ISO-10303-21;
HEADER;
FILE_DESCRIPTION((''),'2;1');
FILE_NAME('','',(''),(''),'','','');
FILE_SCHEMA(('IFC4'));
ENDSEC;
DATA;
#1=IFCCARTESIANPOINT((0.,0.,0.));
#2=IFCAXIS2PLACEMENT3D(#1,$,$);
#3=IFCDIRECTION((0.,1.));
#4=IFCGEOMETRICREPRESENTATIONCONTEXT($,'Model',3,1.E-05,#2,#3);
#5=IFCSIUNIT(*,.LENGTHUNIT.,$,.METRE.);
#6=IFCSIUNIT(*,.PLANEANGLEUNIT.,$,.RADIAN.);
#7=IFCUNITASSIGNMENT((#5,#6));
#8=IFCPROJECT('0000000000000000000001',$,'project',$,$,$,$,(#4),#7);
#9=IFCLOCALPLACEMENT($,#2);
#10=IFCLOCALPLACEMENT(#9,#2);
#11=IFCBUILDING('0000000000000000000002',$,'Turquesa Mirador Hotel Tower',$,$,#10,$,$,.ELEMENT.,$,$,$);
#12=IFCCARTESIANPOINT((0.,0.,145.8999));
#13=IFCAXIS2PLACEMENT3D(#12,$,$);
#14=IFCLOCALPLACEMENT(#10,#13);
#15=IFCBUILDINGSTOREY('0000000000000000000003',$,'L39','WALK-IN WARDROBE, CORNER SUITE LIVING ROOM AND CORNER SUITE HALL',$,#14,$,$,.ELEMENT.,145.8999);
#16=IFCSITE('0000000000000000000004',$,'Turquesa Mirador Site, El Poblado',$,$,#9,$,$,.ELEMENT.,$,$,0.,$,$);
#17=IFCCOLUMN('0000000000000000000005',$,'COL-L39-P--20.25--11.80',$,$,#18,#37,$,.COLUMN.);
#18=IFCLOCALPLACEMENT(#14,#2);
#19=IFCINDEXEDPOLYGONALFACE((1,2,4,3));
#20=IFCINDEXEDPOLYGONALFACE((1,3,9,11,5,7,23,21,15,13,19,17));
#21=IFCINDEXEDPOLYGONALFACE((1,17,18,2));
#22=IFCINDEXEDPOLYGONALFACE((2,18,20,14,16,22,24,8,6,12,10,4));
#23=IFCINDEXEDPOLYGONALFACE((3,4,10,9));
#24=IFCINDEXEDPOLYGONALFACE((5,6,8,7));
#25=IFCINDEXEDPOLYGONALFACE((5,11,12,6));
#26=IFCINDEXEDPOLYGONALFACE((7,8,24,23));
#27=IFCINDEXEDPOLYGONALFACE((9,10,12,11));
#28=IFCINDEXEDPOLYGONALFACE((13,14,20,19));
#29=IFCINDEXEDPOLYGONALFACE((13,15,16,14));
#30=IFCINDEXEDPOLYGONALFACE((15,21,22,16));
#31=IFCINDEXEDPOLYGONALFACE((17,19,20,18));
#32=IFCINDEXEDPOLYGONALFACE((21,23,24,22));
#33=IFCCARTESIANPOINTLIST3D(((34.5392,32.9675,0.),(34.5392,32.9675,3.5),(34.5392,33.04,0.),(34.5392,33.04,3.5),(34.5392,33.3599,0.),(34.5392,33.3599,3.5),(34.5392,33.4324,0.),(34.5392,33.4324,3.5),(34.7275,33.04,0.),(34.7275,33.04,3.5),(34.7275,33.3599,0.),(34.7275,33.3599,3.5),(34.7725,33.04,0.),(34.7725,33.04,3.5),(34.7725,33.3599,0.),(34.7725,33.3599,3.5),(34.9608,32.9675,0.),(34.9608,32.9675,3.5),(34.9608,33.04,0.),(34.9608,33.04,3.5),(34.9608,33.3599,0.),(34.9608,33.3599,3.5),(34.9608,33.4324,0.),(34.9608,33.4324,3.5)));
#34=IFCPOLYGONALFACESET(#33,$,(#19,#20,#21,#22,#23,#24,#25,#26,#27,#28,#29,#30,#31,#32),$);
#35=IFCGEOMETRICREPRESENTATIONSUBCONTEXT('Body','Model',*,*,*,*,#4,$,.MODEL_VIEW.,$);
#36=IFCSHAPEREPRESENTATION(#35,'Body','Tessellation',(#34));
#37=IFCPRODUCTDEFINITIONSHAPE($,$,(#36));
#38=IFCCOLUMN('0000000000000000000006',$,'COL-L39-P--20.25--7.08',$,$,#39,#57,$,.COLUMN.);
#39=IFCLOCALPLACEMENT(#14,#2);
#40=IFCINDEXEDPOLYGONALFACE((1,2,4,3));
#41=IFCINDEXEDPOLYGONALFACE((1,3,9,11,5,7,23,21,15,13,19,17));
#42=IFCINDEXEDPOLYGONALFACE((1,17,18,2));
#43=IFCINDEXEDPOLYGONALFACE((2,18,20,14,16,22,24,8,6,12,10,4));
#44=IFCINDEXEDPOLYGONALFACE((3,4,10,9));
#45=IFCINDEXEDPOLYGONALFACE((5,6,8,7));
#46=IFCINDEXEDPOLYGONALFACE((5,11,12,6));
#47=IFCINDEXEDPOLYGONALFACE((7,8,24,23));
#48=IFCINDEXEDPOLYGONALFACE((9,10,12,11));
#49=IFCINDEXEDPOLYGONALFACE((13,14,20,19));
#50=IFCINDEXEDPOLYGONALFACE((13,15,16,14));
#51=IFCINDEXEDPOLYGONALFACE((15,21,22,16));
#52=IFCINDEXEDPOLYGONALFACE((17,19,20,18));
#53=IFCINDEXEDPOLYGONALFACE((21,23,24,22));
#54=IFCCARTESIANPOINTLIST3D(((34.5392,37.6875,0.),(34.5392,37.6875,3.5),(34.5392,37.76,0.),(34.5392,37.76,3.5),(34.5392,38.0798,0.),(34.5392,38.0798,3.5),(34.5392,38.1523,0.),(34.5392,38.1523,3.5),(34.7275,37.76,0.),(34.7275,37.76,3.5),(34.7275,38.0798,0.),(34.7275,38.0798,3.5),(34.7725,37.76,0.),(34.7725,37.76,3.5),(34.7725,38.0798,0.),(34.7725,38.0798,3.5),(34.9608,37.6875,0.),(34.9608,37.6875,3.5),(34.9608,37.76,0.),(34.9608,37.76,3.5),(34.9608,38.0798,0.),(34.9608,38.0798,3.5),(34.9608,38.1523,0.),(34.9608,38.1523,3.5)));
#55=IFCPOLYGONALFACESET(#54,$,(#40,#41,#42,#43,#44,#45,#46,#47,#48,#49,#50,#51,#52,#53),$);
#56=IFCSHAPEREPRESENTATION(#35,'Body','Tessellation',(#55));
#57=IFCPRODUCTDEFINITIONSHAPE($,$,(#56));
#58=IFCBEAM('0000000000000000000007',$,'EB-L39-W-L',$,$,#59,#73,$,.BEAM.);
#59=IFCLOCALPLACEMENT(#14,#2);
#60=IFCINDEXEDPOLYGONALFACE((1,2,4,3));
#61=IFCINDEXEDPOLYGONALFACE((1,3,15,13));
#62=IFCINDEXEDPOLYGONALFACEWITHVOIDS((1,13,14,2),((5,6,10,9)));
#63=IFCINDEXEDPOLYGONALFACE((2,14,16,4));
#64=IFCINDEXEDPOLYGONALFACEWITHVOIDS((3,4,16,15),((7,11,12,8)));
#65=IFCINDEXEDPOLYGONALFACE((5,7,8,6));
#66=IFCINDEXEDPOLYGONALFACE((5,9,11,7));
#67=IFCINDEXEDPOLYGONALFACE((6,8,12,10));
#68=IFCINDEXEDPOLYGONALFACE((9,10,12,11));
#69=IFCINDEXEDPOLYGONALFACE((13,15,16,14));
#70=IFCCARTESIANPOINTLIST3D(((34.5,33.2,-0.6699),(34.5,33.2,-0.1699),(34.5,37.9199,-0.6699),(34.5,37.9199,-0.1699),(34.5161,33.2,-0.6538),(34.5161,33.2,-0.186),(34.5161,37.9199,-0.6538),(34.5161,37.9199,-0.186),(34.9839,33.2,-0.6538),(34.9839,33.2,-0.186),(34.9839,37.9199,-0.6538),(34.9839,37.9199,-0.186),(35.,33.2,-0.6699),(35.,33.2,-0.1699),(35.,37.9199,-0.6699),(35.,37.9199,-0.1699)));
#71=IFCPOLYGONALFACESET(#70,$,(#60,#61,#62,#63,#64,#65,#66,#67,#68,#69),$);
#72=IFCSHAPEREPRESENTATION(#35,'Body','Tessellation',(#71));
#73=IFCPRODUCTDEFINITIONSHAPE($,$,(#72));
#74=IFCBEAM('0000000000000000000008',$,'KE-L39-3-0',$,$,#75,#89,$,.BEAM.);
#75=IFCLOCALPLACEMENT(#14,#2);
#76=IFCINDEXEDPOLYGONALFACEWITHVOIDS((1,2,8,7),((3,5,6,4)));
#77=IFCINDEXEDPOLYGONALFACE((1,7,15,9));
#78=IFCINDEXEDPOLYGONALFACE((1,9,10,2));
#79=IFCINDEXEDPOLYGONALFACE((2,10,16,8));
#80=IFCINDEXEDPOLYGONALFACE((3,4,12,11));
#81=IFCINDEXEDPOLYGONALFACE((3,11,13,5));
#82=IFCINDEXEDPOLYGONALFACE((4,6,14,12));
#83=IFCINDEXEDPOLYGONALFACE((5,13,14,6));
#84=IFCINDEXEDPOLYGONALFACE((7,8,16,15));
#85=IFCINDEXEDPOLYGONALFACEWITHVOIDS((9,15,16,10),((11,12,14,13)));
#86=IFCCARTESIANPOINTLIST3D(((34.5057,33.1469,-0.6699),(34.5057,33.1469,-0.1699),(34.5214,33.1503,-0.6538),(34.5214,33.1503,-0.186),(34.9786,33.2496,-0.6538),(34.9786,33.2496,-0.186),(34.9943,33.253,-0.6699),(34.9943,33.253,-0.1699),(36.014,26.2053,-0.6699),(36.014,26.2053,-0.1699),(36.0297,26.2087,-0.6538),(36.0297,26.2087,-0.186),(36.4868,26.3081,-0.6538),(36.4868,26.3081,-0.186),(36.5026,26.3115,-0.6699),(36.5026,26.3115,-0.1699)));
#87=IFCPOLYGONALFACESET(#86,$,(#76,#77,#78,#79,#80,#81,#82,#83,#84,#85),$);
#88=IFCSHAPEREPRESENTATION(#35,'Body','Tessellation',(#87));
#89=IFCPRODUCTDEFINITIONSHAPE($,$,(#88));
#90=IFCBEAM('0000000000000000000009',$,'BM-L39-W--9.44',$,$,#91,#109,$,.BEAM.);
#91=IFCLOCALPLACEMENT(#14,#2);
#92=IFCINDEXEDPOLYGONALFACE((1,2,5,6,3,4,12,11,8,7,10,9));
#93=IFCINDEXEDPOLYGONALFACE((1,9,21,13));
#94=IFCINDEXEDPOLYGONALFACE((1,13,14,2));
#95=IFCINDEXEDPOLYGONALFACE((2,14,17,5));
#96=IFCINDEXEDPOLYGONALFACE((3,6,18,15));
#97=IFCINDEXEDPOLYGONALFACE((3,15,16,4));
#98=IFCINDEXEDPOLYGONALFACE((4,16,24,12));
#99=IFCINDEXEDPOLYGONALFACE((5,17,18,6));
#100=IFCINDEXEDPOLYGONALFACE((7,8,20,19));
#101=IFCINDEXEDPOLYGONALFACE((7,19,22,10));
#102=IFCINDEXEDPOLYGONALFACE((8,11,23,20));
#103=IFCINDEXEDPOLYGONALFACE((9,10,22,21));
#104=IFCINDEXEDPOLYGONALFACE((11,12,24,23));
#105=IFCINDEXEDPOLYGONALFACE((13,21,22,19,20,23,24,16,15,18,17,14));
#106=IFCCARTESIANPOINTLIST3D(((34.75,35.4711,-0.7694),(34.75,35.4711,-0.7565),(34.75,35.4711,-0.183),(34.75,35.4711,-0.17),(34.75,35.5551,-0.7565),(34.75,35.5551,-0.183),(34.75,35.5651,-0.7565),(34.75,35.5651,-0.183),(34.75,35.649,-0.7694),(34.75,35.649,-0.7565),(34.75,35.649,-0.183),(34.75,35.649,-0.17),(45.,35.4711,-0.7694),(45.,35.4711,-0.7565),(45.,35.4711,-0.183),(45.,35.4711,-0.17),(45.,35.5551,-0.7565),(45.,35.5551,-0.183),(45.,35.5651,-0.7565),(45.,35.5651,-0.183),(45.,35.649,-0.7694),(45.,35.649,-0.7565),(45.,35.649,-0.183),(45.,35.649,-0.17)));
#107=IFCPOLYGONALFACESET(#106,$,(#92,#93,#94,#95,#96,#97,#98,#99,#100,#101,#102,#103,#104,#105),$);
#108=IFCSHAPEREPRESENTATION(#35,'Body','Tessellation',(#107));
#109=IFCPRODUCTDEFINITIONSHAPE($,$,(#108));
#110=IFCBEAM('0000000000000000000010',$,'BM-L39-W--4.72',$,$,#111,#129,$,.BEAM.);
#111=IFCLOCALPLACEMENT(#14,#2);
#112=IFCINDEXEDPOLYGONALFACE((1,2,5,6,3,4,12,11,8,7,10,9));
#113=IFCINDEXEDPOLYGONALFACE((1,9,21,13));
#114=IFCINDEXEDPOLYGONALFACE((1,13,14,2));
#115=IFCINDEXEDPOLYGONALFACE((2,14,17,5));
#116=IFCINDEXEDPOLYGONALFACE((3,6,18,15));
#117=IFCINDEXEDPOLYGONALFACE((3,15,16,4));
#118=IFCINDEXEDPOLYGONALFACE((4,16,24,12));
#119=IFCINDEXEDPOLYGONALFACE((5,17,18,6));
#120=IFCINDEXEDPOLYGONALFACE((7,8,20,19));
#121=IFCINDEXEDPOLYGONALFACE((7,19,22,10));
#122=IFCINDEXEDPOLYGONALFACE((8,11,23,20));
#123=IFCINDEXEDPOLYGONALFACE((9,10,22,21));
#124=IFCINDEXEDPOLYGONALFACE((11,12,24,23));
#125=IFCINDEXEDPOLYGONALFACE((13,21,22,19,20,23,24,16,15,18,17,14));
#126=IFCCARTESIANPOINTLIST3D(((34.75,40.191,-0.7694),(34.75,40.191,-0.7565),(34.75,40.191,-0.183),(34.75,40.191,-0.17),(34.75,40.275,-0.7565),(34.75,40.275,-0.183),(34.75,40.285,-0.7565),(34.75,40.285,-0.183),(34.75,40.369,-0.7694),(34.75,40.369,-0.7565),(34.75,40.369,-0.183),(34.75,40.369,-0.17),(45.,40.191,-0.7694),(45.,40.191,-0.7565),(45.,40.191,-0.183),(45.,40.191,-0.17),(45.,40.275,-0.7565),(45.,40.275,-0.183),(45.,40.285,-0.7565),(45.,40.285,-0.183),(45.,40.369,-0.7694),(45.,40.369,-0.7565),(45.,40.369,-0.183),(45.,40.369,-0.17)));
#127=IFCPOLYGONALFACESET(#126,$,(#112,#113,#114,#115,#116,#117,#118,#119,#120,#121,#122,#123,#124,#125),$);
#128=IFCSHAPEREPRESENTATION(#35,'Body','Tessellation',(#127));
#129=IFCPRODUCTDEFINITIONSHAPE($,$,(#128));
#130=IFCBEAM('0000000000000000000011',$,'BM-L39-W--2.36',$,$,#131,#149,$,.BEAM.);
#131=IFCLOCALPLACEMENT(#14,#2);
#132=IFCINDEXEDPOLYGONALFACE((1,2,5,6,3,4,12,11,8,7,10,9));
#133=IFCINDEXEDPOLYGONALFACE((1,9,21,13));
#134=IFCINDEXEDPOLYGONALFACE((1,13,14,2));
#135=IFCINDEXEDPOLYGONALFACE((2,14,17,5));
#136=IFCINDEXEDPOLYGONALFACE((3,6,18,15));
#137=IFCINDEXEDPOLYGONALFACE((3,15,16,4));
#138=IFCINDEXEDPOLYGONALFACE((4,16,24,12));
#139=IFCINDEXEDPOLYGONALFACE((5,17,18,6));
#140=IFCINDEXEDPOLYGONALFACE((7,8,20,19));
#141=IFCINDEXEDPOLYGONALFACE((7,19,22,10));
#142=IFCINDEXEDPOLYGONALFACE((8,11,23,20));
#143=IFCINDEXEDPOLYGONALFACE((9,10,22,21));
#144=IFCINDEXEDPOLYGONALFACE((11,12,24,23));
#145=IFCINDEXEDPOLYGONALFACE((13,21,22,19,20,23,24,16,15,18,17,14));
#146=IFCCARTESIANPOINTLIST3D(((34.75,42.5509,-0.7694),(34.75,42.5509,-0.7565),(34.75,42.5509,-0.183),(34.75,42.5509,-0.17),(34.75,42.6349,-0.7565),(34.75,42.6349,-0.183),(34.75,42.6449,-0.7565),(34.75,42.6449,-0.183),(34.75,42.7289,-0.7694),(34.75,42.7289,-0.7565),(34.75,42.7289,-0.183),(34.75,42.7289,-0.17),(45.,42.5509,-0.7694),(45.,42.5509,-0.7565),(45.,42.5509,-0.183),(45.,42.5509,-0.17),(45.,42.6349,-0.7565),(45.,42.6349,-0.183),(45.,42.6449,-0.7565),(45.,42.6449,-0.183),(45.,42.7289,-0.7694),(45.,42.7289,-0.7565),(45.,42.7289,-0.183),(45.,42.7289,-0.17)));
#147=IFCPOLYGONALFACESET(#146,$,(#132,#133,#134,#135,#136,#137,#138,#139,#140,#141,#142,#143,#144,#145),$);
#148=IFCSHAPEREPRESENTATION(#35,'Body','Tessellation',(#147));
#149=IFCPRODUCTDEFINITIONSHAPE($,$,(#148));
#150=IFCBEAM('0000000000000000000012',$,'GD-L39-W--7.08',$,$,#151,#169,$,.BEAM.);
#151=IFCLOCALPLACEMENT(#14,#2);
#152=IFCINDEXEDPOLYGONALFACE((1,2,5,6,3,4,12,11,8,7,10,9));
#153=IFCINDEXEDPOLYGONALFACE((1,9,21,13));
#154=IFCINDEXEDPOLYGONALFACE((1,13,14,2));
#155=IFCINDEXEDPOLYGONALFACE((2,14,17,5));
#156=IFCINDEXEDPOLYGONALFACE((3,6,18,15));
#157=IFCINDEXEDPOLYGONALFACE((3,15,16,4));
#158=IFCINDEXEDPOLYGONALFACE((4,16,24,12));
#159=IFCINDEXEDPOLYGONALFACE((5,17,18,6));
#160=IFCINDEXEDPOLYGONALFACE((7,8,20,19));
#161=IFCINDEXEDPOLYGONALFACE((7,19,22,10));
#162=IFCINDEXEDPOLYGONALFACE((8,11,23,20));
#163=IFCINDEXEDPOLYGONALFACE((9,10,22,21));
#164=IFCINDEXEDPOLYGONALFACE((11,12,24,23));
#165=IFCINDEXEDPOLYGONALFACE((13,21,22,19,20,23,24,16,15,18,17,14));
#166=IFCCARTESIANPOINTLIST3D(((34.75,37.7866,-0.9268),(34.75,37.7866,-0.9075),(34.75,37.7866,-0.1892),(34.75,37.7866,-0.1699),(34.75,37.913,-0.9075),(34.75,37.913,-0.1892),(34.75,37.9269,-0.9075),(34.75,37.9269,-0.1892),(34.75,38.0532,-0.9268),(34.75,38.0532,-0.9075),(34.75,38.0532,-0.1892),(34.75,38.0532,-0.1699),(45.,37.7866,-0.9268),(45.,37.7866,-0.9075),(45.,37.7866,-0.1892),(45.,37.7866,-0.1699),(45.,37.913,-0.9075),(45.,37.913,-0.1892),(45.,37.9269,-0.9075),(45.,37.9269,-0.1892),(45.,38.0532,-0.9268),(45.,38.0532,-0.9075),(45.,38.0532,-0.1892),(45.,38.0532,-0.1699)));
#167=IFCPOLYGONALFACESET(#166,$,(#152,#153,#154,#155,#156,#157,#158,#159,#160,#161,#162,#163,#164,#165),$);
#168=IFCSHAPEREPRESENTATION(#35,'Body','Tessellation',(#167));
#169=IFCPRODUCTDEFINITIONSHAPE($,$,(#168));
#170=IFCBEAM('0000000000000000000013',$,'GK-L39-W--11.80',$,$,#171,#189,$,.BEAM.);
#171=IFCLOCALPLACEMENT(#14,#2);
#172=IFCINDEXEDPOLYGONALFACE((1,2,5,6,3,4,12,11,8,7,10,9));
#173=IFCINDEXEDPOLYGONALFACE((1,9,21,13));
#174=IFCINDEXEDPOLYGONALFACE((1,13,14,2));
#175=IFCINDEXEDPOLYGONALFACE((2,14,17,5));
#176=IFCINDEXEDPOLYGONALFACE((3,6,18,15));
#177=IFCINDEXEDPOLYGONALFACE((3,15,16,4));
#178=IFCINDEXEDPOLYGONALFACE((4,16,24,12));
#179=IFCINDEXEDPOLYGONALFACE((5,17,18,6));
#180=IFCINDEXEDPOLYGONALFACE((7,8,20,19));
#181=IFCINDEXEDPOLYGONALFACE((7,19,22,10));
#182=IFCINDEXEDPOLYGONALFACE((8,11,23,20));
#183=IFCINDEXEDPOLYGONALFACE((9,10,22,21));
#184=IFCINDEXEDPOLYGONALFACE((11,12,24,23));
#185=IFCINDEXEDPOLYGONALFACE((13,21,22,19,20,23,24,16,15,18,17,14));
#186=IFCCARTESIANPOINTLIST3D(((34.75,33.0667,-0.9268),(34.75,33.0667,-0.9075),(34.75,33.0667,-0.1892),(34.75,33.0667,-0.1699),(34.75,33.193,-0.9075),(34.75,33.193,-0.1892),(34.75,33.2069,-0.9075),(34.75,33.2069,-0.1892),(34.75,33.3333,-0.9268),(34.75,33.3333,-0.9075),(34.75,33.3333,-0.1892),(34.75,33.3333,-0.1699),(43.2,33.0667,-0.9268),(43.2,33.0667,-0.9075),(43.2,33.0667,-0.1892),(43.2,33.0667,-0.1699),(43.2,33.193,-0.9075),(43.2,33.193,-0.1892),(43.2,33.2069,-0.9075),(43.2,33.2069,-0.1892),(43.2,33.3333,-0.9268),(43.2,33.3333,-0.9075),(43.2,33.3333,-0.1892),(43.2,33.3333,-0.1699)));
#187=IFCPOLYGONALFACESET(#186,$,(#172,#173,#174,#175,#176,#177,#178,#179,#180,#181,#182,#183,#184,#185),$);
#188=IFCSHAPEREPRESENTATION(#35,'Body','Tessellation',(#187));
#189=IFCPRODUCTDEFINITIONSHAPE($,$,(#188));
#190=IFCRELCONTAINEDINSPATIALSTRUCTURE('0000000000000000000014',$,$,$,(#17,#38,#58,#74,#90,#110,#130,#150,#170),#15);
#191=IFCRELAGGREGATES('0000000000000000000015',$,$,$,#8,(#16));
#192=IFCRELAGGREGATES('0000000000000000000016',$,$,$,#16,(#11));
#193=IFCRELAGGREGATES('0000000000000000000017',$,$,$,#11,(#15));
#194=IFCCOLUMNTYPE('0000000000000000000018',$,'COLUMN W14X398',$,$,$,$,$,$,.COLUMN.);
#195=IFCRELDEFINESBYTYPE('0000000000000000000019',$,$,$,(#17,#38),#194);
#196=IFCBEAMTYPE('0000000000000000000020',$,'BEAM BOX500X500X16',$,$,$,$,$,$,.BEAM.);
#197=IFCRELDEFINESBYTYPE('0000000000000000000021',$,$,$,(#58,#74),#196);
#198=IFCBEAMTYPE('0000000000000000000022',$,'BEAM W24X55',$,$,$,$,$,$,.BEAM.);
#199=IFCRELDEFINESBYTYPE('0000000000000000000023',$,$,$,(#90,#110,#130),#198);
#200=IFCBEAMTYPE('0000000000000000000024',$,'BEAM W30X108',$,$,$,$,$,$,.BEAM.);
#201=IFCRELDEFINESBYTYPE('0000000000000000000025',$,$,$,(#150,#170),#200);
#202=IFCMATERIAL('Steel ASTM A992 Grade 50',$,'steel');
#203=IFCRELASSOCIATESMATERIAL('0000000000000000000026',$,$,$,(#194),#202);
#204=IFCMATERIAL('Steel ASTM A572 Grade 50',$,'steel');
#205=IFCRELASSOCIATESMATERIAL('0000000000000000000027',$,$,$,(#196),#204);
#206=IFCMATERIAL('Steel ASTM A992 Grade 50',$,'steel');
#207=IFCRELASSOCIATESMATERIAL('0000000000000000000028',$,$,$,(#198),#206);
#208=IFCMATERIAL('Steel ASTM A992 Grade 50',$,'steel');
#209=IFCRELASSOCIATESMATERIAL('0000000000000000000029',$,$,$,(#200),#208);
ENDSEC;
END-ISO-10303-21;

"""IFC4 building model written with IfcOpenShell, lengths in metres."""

from ifc_helpers import new_model, si_unit, direction, frame, origin, origin_2d, place, context, subcontext, project, spatial, hollow_rectangle, i_section, extrude, material, material_profile, profile_set, type_object, element, save


model = new_model("IFC4")

# Units and contexts
model_context = context("Model", 3, precision=1e-05, world=origin(), true_north=direction((0.0, 1.0)))
body_context = subcontext(model_context, "Body", "Model", "MODEL_VIEW")
ifc_project = project(units=[si_unit("LENGTHUNIT", "METRE"), si_unit("PLANEANGLEUNIT", "RADIAN")], contexts=[model_context])

# Site, building, storey
site_placement = place(None, origin())
site = spatial("IfcSite", under=ifc_project, at=site_placement, Name="Turquesa Mirador Site, El Poblado", CompositionType="ELEMENT", RefElevation=0.0)
building_placement = place(site_placement, origin())
building = spatial("IfcBuilding", under=site, at=building_placement, Name="Turquesa Mirador Hotel Tower", CompositionType="ELEMENT")
storey_placement = place(building_placement, frame((0.0, 0.0, 145.8999)))
storey = spatial("IfcBuildingStorey", under=building, at=storey_placement, Name="L39", Description="WALK-IN WARDROBE, CORNER SUITE LIVING ROOM AND CORNER SUITE HALL", CompositionType="ELEMENT", Elevation=145.8999)

# Columns
ifc_material_1 = material(Name="Steel ASTM A992 Grade 50", Category="steel")
ifc_material_profile_1 = material_profile(ifc_material_1, i_section(OverallWidth=0.4216, OverallDepth=0.4648, WebThickness=0.0449, FlangeThickness=0.0725, at=origin_2d()), Name="W14X398")
ifc_profile_set_1 = profile_set([ifc_material_profile_1], Name="Steel ASTM A992 Grade 50")
column_type = type_object("IfcColumnType", Name="COLUMN W14X398", PredefinedType="COLUMN", material=ifc_profile_set_1)
for number, where, z_axis, x_axis, name in (
    (1, (34.75, 33.2, 0.0), (0.0, 0.0, 1.0), (1.0, 0.0, 0.0), "COL-L39-P--20.25--11.80"),
    (2, (34.75, 37.9199, 0.0), (0.0, 0.0, 1.0), (1.0, 0.0, 0.0), "COL-L39-P--20.25--7.08"),
):
    element("IfcColumn", number, at=place(storey_placement, frame(where, z_axis=z_axis, x_axis=x_axis)), inside=storey, type_object=column_type, Name=name, PredefinedType="COLUMN", context=body_context, shape_type="SweptSolid", body=[
        extrude(i_section(OverallWidth=0.4216, OverallDepth=0.4648, WebThickness=0.0449, FlangeThickness=0.0725, at=origin_2d()), origin(), (0.0, 0.0, 1.0), 3.5),
    ])

# Beams
ifc_material_2 = material(Name="Steel ASTM A572 Grade 50", Category="steel")
ifc_material_profile_2 = material_profile(ifc_material_2, hollow_rectangle(XDim=0.5, YDim=0.5, WallThickness=0.0161, at=origin_2d()), Name="BOX500X500X16")
ifc_profile_set_2 = profile_set([ifc_material_profile_2], Name="Steel ASTM A572 Grade 50")
beam_type_1 = type_object("IfcBeamType", Name="BEAM BOX500X500X16", PredefinedType="BEAM", material=ifc_profile_set_2)
beam_1_placement = place(storey_placement, frame((34.75, 33.2, -0.4199), z_axis=(0.0, 1.0, 0.0), x_axis=(-1.0, 0.0, 0.0)))
element("IfcBeam", 3, at=beam_1_placement, inside=storey, type_object=beam_type_1, Name="EB-L39-W-L", PredefinedType="BEAM", context=body_context, shape_type="SweptSolid", body=[
    extrude(hollow_rectangle(XDim=0.5, YDim=0.5, WallThickness=0.0161, at=origin_2d()), origin(), (0.0, 0.0, 1.0), 4.72),
])
beam_2_placement = place(storey_placement, frame((34.75, 33.2, -0.4199), z_axis=(0.212328, -0.977198, 0.0), x_axis=(0.977198, 0.212328, 0.0)))
element("IfcBeam", 4, at=beam_2_placement, inside=storey, type_object=beam_type_1, Name="KE-L39-3-0", PredefinedType="BEAM", context=body_context, shape_type="SweptSolid", body=[
    extrude(hollow_rectangle(XDim=0.5, YDim=0.5, WallThickness=0.0161, at=origin_2d()), origin(), (0.0, 0.0, 1.0), 7.1035),
])
ifc_material_3 = material(Name="Steel ASTM A992 Grade 50", Category="steel")
ifc_material_profile_3 = material_profile(ifc_material_3, i_section(OverallWidth=0.178, OverallDepth=0.5994, WebThickness=0.01, FlangeThickness=0.0129, at=origin_2d()), Name="W24X55")
ifc_profile_set_3 = profile_set([ifc_material_profile_3], Name="Steel ASTM A992 Grade 50")
beam_type_2 = type_object("IfcBeamType", Name="BEAM W24X55", PredefinedType="BEAM", material=ifc_profile_set_3)
for number, where, z_axis, x_axis, name in (
    (5, (34.75, 35.5601, -0.4697), (1.0, 0.0, 0.0), (0.0, 1.0, 0.0), "BM-L39-W--9.44"),
    (6, (34.75, 40.28, -0.4697), (1.0, 0.0, 0.0), (0.0, 1.0, 0.0), "BM-L39-W--4.72"),
    (7, (34.75, 42.6399, -0.4697), (1.0, 0.0, 0.0), (0.0, 1.0, 0.0), "BM-L39-W--2.36"),
):
    element("IfcBeam", number, at=place(storey_placement, frame(where, z_axis=z_axis, x_axis=x_axis)), inside=storey, type_object=beam_type_2, Name=name, PredefinedType="BEAM", context=body_context, shape_type="SweptSolid", body=[
        extrude(i_section(OverallWidth=0.178, OverallDepth=0.5994, WebThickness=0.01, FlangeThickness=0.0129, at=origin_2d()), origin(), (0.0, 0.0, 1.0), 10.25),
    ])
ifc_material_4 = material(Name="Steel ASTM A992 Grade 50", Category="steel")
ifc_material_profile_4 = material_profile(ifc_material_4, i_section(OverallWidth=0.2666, OverallDepth=0.7568, WebThickness=0.0139, FlangeThickness=0.0193, at=origin_2d()), Name="W30X108")
ifc_profile_set_4 = profile_set([ifc_material_profile_4], Name="Steel ASTM A992 Grade 50")
beam_type_3 = type_object("IfcBeamType", Name="BEAM W30X108", PredefinedType="BEAM", material=ifc_profile_set_4)
beam_3_placement = place(storey_placement, frame((34.75, 37.9199, -0.5483), z_axis=(1.0, 0.0, 0.0), x_axis=(0.0, 1.0, 0.0)))
element("IfcBeam", 8, at=beam_3_placement, inside=storey, type_object=beam_type_3, Name="GD-L39-W--7.08", PredefinedType="BEAM", context=body_context, shape_type="SweptSolid", body=[
    extrude(i_section(OverallWidth=0.2666, OverallDepth=0.7568, WebThickness=0.0139, FlangeThickness=0.0193, at=origin_2d()), origin(), (0.0, 0.0, 1.0), 10.25),
])
beam_4_placement = place(storey_placement, frame((34.75, 33.2, -0.5483), z_axis=(1.0, 0.0, 0.0), x_axis=(0.0, 1.0, 0.0)))
element("IfcBeam", 9, at=beam_4_placement, inside=storey, type_object=beam_type_3, Name="GK-L39-W--11.80", PredefinedType="BEAM", context=body_context, shape_type="SweptSolid", body=[
    extrude(i_section(OverallWidth=0.2666, OverallDepth=0.7568, WebThickness=0.0139, FlangeThickness=0.0193, at=origin_2d()), origin(), (0.0, 0.0, 1.0), 8.45),
])

save(model, "model.ifc")
